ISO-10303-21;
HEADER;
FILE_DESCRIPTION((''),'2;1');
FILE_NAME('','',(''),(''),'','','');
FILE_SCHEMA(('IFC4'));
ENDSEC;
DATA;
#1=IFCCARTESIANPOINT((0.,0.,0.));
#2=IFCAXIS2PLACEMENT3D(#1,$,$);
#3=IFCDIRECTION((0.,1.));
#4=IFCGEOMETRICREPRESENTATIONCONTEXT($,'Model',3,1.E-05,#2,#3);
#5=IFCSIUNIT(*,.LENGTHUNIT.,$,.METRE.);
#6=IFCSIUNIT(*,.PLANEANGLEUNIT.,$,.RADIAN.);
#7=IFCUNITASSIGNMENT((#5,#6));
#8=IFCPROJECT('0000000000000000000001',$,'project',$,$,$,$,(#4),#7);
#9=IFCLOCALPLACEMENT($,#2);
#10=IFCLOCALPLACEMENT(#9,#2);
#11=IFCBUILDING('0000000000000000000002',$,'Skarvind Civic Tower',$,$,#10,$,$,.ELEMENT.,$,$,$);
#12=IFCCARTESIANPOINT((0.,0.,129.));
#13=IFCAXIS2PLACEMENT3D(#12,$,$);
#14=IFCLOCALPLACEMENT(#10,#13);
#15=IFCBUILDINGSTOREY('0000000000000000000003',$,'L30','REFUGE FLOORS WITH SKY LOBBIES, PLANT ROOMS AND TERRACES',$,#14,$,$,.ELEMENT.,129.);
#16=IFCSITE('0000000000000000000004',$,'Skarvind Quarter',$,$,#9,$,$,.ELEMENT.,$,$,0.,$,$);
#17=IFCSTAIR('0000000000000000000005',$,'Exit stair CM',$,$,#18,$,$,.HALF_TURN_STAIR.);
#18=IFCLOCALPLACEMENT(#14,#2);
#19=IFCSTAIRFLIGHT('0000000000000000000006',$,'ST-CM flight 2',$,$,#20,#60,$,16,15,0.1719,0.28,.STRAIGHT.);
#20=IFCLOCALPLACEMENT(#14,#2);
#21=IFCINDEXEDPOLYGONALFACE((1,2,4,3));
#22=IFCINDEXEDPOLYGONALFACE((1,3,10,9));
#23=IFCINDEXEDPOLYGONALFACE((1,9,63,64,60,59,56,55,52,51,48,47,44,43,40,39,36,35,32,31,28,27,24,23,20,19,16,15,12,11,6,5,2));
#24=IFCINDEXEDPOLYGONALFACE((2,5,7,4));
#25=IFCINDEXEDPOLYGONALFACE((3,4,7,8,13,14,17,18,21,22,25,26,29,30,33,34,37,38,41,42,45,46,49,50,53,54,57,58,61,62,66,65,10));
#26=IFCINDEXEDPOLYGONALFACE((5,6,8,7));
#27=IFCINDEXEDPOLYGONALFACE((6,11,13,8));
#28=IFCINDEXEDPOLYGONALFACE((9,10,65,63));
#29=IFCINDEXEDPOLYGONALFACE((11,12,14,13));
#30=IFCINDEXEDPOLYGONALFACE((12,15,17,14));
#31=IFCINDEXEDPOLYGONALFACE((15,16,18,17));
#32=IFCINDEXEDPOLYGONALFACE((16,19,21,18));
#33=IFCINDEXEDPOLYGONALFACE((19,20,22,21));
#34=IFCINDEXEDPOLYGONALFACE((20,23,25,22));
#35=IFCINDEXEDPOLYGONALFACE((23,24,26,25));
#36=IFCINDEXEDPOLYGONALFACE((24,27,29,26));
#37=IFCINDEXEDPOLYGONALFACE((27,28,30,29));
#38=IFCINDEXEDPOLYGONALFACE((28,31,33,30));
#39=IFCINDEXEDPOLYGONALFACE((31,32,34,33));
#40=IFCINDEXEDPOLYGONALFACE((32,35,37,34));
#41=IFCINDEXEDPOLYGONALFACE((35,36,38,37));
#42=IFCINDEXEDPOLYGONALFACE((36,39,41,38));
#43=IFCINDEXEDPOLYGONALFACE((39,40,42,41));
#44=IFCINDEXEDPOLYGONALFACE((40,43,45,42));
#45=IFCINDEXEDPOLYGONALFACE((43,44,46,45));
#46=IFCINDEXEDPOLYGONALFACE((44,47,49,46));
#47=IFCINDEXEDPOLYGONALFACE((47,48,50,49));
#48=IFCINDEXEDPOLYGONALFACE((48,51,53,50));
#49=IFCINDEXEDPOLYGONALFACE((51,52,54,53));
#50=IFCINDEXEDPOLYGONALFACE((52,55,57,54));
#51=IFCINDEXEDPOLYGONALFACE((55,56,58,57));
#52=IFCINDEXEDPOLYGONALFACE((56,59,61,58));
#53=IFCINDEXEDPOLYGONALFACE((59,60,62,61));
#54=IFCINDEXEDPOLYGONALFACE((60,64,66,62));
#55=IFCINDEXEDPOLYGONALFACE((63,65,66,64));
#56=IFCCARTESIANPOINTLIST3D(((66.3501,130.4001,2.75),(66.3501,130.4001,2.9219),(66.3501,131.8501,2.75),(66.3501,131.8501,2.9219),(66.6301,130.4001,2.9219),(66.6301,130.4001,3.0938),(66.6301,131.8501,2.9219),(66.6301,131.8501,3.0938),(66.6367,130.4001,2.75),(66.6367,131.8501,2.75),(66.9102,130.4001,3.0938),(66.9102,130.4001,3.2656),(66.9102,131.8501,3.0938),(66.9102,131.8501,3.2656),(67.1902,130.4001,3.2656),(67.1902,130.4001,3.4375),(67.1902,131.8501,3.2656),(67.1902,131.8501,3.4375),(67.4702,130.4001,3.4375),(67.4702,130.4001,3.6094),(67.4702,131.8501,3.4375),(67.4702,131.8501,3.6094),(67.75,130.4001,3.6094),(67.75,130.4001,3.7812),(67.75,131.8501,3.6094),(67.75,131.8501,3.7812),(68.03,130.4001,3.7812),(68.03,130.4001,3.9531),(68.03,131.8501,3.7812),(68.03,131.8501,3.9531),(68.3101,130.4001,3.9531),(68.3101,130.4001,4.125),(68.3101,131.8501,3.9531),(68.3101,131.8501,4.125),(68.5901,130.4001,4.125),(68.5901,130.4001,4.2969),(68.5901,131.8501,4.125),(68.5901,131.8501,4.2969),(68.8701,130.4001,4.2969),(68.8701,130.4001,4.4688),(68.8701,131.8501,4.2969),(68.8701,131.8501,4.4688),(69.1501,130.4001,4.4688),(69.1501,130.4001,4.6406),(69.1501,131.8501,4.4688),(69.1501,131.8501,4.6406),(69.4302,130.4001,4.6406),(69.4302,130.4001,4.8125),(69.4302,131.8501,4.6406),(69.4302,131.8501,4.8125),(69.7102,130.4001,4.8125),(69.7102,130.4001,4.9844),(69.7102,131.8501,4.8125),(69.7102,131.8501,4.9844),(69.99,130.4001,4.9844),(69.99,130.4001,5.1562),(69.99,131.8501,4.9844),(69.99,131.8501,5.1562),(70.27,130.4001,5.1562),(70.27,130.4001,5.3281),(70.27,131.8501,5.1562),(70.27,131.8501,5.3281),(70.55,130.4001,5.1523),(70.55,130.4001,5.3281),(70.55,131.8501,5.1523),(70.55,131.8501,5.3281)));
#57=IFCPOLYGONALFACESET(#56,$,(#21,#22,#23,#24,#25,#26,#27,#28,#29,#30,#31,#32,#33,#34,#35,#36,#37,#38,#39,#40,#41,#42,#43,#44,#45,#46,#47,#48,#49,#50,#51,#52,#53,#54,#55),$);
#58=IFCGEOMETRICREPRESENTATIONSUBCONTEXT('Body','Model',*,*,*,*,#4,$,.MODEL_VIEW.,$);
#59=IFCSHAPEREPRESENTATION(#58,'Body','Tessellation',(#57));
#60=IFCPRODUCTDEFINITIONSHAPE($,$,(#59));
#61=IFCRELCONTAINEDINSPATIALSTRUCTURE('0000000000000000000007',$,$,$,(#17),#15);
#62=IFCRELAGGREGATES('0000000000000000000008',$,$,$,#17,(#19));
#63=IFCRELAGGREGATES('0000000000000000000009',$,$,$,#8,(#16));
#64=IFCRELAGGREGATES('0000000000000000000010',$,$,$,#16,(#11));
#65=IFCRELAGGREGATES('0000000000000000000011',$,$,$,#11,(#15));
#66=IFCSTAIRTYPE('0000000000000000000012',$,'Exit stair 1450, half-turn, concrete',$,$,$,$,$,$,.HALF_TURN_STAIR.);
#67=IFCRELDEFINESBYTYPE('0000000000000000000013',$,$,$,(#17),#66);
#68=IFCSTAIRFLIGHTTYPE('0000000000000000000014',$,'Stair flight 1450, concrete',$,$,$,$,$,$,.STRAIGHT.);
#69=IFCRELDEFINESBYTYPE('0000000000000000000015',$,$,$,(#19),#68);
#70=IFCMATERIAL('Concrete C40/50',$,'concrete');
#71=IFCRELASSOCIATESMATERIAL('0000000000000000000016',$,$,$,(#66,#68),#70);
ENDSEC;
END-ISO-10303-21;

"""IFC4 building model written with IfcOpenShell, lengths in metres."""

from ifc_helpers import new_model, si_unit, direction, frame, origin, place, context, subcontext, project, spatial, polyline, outline, extrude, material, type_object, element, aggregate, save


model = new_model("IFC4")

# Units and contexts
model_context = context("Model", 3, precision=1e-05, world=origin(), true_north=direction((0.0, 1.0)))
body_context = subcontext(model_context, "Body", "Model", "MODEL_VIEW")
ifc_project = project(units=[si_unit("LENGTHUNIT", "METRE"), si_unit("PLANEANGLEUNIT", "RADIAN")], contexts=[model_context])

# Site, building, storey
site_placement = place(None, origin())
site = spatial("IfcSite", under=ifc_project, at=site_placement, Name="Skarvind Quarter", CompositionType="ELEMENT", RefElevation=0.0)
building_placement = place(site_placement, origin())
building = spatial("IfcBuilding", under=site, at=building_placement, Name="Skarvind Civic Tower", CompositionType="ELEMENT")
storey_placement = place(building_placement, frame((0.0, 0.0, 129.0)))
storey = spatial("IfcBuildingStorey", under=building, at=storey_placement, Name="L30", Description="REFUGE FLOORS WITH SKY LOBBIES, PLANT ROOMS AND TERRACES", CompositionType="ELEMENT", Elevation=129.0)

# Stair, stair flight
ifc_material_1 = material(Name="Concrete C40/50", Category="concrete")
stair_type = type_object("IfcStairType", Name="Exit stair 1450, half-turn, concrete", PredefinedType="HALF_TURN_STAIR", material=ifc_material_1)
stair_placement = place(storey_placement, origin())
stair = element("IfcStair", 1, at=stair_placement, inside=storey, type_object=stair_type, Name="Exit stair CM", PredefinedType="HALF_TURN_STAIR")
stair_flight_type = type_object("IfcStairFlightType", Name="Stair flight 1450, concrete", PredefinedType="STRAIGHT", material=ifc_material_1)
stair_flight_1_placement = place(storey_placement, frame((66.3501, 131.125, 2.75), z_axis=(0.0, 0.0, 1.0), x_axis=(1.0, 0.0, 0.0)))
stair_flight_1 = element("IfcStairFlight", 2, at=stair_flight_1_placement, type_object=stair_flight_type, Name="ST-CM flight 2", NumberOfRisers=16, NumberOfTreads=15, PredefinedType="STRAIGHT", RiserHeight=0.1719, TreadLength=0.28, context=body_context, shape_type="SweptSolid", body=[
    extrude(outline(polyline([(0.0, 0.0), (0.0, 0.1719), (0.28, 0.1719), (0.28, 0.3438), (0.5601, 0.3438), (0.5601, 0.5156), (0.8401, 0.5156), (0.8401, 0.6875), (1.1201, 0.6875), (1.1201, 0.8594), (1.3999, 0.8594), (1.3999, 1.0312), (1.6799, 1.0312), (1.6799, 1.2031), (1.96, 1.2031), (1.96, 1.375), (2.24, 1.375), (2.24, 1.5469), (2.52, 1.5469), (2.52, 1.7188), (2.8, 1.7188), (2.8, 1.8906), (3.0801, 1.8906), (3.0801, 2.0625), (3.3601, 2.0625), (3.3601, 2.2344), (3.6399, 2.2344), (3.6399, 2.4062), (3.9199, 2.4062), (3.9199, 2.5781), (4.2, 2.5781), (4.2, 2.75), (4.2, 2.4023), (0.2866, 0.0), (0.0, 0.0)])), frame((0.0, 0.7251, 0.0), z_axis=(0.0, -1.0, 0.0), x_axis=(1.0, 0.0, 0.0)), (0.0, 0.0, 1.0), 1.45),
])
aggregate(stair, [stair_flight_1])

save(model, "model.ifc")
